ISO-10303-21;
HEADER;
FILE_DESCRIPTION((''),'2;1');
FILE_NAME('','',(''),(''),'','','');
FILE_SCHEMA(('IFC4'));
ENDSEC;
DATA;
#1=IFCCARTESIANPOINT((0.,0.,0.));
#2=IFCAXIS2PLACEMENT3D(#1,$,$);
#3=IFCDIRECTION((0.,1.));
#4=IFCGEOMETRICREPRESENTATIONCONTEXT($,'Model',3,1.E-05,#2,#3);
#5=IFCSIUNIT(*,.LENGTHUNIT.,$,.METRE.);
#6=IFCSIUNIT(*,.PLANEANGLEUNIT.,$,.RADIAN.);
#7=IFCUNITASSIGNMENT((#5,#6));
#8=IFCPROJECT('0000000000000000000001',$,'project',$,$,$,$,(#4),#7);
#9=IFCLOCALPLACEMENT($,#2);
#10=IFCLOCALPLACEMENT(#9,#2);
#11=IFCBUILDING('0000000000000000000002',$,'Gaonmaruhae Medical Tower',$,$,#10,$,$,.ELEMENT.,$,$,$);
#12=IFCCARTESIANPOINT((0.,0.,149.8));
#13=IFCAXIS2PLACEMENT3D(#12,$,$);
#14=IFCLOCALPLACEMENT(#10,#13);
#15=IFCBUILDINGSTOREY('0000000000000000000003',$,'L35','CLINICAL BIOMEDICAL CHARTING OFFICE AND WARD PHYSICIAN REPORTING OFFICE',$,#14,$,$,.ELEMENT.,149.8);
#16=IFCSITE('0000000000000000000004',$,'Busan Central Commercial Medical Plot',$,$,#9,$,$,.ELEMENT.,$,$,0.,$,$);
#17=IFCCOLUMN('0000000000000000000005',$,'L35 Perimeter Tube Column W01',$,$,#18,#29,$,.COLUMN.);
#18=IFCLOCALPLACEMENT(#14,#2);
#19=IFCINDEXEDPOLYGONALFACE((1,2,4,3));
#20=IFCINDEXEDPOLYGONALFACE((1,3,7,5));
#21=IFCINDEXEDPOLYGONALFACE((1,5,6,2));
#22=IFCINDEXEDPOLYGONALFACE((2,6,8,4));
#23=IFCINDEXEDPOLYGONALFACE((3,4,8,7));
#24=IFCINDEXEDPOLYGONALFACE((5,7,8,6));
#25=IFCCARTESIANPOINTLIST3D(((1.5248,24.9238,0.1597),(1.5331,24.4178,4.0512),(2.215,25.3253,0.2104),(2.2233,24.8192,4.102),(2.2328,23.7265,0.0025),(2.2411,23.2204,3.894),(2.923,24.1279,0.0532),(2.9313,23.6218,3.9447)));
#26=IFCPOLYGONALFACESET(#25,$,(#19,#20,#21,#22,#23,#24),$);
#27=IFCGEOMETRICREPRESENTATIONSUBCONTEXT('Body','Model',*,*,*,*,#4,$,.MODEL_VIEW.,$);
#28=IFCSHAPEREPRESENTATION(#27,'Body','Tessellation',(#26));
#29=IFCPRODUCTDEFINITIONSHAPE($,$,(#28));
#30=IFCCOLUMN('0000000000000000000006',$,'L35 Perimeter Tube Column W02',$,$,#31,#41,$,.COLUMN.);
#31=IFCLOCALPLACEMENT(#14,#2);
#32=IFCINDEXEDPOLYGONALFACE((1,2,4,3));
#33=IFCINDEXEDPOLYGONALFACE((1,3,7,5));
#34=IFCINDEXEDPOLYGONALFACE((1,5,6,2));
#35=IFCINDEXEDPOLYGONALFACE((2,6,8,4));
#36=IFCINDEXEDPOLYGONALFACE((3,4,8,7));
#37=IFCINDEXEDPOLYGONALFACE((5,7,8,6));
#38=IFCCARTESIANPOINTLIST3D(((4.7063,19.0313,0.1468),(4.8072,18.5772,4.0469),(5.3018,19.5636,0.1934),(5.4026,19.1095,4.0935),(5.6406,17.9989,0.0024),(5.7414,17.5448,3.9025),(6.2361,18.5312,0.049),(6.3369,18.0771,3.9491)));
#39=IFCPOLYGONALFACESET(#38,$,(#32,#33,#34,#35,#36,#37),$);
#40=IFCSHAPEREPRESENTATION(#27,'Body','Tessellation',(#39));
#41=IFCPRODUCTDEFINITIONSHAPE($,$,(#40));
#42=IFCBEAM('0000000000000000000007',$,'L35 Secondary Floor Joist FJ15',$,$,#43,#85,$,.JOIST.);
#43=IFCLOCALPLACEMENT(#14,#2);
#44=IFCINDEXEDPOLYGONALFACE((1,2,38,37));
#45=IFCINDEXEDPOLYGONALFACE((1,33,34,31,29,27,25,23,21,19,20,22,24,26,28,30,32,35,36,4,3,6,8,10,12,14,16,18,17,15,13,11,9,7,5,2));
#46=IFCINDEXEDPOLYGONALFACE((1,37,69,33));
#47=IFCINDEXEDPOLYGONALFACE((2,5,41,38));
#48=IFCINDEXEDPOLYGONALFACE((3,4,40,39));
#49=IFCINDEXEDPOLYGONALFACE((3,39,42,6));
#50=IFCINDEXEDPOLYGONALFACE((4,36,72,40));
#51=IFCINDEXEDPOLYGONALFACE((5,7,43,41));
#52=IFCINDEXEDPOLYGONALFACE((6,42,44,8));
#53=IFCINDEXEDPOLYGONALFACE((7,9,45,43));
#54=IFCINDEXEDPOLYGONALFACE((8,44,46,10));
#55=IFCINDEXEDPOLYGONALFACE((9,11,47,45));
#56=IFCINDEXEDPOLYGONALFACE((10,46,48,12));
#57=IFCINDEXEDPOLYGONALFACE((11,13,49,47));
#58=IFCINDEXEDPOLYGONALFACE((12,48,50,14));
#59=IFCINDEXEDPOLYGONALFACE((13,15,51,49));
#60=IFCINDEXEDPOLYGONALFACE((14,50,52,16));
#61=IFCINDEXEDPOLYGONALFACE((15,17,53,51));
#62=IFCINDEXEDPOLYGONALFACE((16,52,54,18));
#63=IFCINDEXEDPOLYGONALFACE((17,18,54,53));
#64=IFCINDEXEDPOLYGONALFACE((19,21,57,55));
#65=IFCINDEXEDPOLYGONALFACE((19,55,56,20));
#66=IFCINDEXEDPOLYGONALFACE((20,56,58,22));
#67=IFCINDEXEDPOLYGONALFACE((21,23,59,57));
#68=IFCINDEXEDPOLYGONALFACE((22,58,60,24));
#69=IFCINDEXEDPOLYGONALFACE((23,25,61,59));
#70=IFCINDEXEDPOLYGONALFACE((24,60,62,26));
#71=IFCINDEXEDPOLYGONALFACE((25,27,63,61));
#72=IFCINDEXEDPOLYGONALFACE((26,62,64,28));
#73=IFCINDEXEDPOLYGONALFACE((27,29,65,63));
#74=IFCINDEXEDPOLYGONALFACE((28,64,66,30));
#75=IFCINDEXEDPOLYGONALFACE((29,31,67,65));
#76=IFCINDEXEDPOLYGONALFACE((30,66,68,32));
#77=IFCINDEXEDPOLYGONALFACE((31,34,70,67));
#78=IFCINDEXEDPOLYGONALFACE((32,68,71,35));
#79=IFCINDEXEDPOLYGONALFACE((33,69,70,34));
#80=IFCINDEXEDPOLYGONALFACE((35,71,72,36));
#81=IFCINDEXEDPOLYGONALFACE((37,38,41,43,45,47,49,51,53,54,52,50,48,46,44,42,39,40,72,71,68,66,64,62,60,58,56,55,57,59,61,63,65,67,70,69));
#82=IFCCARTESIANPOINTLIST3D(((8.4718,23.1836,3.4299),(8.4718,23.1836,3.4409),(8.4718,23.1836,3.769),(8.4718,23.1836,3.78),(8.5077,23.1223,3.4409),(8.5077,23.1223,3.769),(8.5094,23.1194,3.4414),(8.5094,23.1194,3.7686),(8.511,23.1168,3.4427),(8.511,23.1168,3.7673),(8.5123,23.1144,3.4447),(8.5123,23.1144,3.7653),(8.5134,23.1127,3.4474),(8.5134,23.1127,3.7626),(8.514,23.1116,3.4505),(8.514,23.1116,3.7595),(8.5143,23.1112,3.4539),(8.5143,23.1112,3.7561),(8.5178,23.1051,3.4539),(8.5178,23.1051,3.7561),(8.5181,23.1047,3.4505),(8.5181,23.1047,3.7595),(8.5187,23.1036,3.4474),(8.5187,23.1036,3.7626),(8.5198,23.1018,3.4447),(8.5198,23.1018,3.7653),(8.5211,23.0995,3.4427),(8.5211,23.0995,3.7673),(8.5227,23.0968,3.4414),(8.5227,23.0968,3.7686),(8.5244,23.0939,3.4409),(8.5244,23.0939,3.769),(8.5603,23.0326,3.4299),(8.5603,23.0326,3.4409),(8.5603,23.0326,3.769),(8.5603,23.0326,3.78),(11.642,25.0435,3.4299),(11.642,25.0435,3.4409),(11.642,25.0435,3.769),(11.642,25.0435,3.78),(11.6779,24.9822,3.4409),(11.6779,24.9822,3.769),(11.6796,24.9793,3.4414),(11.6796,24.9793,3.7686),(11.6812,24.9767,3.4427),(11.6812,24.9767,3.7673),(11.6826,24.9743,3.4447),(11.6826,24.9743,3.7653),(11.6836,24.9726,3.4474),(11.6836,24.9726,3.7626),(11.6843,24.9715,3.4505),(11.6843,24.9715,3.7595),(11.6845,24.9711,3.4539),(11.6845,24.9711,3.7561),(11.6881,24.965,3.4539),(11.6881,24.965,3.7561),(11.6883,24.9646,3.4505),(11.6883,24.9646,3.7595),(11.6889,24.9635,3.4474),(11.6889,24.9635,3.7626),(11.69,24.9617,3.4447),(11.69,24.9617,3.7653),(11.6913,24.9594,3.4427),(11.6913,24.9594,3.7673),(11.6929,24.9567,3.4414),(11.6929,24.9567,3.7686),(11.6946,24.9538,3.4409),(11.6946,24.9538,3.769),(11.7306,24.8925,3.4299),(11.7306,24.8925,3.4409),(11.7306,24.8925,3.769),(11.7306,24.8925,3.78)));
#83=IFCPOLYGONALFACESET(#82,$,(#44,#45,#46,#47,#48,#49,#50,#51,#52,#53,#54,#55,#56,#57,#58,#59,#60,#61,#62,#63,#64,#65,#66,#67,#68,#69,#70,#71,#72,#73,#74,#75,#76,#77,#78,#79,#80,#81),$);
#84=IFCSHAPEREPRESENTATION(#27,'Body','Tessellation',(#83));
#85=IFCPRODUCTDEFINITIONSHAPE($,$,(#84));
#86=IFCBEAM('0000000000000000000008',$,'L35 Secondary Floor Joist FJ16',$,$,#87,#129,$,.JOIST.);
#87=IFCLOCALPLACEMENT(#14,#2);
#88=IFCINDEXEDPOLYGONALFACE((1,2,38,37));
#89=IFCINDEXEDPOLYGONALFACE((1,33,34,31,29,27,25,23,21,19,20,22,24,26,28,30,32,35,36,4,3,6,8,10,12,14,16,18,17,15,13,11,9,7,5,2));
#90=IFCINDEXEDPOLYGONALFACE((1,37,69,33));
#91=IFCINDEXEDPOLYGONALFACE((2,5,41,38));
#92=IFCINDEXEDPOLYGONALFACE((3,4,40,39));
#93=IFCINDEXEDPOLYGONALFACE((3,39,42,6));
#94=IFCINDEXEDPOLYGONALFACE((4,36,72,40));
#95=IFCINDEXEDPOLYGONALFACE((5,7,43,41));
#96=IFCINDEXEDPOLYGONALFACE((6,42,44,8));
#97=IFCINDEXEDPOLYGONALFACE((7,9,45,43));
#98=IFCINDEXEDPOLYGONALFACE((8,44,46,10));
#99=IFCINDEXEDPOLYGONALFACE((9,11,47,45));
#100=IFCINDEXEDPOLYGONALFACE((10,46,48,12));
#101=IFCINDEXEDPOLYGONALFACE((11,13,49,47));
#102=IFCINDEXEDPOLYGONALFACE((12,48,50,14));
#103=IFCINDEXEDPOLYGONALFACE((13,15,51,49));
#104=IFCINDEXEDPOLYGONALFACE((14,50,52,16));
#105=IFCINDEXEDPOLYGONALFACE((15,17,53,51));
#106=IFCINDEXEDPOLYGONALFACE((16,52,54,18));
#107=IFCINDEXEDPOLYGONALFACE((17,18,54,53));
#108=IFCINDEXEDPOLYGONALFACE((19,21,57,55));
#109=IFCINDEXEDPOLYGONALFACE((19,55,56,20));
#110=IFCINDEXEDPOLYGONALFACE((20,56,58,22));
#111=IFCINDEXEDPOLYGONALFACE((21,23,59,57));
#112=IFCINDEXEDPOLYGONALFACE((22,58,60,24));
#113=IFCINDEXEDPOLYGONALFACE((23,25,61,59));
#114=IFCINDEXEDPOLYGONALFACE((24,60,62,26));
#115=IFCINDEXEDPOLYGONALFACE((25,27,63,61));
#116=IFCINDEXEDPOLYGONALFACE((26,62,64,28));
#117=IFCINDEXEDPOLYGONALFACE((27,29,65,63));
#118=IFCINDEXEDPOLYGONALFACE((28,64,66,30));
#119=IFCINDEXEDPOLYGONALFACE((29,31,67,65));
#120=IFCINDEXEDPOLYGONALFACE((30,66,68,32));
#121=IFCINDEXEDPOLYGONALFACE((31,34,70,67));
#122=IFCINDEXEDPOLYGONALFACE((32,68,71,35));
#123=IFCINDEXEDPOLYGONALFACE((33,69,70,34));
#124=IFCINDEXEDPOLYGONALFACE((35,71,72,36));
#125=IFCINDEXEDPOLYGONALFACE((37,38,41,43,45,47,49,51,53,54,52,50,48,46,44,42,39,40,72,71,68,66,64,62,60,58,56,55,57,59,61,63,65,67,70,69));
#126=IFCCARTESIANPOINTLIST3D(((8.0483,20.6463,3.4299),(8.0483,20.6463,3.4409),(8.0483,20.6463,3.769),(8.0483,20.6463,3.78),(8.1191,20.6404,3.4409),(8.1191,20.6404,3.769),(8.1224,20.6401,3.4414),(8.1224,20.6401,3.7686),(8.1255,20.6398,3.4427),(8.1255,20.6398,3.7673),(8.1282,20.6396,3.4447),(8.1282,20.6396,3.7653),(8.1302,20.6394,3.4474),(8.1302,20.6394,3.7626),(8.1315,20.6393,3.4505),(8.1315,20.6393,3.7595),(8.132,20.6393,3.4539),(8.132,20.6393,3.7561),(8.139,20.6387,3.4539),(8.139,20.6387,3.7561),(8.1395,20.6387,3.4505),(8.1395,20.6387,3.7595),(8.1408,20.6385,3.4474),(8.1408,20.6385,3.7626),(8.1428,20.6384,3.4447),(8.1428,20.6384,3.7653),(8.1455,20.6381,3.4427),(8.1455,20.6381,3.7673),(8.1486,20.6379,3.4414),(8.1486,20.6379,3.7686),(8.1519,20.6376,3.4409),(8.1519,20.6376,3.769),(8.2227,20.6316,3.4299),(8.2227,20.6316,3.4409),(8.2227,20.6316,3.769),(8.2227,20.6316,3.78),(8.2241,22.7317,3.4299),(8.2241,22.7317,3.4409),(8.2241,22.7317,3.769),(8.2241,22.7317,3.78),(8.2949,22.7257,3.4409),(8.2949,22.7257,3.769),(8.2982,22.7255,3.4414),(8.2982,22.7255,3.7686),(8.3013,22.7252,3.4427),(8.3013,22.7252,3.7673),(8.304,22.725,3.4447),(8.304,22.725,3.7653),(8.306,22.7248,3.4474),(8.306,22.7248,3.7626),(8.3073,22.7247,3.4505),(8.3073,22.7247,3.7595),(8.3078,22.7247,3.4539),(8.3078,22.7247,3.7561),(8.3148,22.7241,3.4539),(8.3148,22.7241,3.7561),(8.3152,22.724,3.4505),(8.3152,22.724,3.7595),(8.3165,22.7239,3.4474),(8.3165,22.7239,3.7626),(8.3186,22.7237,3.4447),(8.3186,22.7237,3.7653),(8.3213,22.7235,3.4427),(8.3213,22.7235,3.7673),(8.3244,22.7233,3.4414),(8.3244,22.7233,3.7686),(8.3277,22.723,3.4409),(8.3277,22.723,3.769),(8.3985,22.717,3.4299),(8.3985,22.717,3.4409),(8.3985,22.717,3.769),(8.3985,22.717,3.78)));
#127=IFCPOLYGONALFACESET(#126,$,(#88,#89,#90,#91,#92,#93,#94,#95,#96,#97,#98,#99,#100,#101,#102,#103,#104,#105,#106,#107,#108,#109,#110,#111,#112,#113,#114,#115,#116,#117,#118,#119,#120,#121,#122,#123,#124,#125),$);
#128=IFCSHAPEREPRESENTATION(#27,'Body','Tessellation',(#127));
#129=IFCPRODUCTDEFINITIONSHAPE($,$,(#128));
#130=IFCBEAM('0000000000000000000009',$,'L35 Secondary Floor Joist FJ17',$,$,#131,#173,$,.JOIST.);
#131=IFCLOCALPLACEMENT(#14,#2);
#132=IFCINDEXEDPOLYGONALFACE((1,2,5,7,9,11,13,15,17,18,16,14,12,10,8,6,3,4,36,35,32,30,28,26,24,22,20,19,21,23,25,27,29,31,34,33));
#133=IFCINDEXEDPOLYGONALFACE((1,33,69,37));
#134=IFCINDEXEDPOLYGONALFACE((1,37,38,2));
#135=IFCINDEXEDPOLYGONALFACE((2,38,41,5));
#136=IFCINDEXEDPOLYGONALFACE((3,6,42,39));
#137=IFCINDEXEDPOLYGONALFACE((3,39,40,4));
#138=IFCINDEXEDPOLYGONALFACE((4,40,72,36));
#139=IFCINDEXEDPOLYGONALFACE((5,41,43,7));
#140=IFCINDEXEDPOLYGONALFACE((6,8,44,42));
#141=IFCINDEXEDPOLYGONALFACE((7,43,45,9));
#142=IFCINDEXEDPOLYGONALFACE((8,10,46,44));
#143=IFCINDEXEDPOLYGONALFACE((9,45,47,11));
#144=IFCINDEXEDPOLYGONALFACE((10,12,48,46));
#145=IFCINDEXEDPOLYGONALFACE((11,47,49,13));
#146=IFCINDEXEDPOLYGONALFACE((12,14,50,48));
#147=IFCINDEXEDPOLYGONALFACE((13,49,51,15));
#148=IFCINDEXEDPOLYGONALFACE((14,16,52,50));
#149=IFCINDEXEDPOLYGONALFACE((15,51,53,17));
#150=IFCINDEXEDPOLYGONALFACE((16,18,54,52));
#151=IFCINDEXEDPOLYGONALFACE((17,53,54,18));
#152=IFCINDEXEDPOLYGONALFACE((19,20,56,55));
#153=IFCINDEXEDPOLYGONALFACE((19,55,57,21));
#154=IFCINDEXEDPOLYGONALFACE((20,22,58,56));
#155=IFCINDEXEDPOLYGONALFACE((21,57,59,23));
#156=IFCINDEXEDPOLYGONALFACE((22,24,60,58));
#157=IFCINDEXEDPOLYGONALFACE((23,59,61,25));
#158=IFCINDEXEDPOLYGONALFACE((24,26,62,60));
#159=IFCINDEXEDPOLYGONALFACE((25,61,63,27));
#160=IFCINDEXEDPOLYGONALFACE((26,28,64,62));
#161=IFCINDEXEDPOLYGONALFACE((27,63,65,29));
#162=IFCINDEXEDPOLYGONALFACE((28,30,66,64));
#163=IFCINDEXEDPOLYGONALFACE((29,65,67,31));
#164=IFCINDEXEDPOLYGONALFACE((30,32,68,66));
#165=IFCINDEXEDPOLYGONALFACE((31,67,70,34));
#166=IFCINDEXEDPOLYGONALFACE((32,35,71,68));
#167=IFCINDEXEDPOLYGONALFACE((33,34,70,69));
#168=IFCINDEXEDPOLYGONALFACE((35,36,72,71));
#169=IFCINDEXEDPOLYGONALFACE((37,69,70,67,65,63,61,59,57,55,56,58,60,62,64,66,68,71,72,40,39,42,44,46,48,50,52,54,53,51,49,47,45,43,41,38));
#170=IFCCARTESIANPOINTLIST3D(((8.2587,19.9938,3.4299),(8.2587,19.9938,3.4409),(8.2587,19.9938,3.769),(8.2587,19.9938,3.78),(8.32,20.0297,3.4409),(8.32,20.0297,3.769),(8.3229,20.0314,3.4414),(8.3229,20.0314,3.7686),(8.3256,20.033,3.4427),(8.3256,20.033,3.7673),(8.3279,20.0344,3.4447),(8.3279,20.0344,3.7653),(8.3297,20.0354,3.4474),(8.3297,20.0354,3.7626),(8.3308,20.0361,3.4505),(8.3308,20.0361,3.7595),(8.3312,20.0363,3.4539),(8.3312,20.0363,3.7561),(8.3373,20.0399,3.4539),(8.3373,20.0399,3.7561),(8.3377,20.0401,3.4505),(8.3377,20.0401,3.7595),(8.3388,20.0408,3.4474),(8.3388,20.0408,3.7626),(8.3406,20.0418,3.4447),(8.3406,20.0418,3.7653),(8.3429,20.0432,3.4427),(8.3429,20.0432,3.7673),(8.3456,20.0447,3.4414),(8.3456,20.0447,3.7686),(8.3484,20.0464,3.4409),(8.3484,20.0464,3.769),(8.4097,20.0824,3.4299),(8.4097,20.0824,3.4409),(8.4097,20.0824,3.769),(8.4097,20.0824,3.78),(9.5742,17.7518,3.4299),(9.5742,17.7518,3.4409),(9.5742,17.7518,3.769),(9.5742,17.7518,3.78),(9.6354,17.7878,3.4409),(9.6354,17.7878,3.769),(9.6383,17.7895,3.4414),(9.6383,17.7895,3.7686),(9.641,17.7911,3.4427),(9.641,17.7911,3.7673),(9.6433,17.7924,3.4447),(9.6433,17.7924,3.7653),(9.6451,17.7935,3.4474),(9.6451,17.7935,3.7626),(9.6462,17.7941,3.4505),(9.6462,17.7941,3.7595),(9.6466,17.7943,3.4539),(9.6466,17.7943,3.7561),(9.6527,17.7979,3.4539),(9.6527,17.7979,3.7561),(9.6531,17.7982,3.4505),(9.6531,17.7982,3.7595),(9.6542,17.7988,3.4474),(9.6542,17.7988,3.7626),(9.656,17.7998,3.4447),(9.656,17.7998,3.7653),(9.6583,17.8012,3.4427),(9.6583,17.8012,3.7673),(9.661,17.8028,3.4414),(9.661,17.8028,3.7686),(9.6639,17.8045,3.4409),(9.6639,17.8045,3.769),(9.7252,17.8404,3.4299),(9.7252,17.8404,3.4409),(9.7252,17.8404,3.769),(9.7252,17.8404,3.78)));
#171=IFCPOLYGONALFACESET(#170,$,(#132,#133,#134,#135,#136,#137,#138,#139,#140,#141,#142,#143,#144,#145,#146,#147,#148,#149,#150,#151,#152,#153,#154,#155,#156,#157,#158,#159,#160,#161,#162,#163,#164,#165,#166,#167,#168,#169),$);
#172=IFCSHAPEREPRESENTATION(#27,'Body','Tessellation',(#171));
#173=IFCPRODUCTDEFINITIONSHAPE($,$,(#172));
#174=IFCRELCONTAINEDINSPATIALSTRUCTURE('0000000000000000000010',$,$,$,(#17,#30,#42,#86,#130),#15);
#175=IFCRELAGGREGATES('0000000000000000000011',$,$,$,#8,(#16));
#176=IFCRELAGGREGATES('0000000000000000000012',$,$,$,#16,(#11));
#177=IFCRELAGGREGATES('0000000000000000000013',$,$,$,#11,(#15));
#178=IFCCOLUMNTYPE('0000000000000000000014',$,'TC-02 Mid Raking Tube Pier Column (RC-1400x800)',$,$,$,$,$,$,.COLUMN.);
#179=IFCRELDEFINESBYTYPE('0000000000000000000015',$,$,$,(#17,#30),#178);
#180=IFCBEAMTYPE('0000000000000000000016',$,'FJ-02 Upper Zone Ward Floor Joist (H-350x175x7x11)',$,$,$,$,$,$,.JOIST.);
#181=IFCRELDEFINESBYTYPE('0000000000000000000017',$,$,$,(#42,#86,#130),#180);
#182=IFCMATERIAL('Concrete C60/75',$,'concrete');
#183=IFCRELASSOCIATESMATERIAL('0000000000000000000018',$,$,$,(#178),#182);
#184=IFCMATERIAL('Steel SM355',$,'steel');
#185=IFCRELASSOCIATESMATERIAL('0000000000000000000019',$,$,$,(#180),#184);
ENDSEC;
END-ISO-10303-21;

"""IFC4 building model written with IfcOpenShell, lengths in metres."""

from ifc_helpers import new_model, si_unit, direction, frame, origin, origin_2d, place, context, subcontext, project, spatial, rectangle, i_section, extrude, material, material_profile, profile_set, type_object, element, save


model = new_model("IFC4")

# Units and contexts
model_context = context("Model", 3, precision=1e-05, world=origin(), true_north=direction((0.0, 1.0)))
body_context = subcontext(model_context, "Body", "Model", "MODEL_VIEW")
ifc_project = project(units=[si_unit("LENGTHUNIT", "METRE"), si_unit("PLANEANGLEUNIT", "RADIAN")], contexts=[model_context])

# Site, building, storey
site_placement = place(None, origin())
site = spatial("IfcSite", under=ifc_project, at=site_placement, Name="Busan Central Commercial Medical Plot", CompositionType="ELEMENT", RefElevation=0.0)
building_placement = place(site_placement, origin())
building = spatial("IfcBuilding", under=site, at=building_placement, Name="Gaonmaruhae Medical Tower", CompositionType="ELEMENT")
storey_placement = place(building_placement, frame((0.0, 0.0, 149.8)))
storey = spatial("IfcBuildingStorey", under=building, at=storey_placement, Name="L35", Description="CLINICAL BIOMEDICAL CHARTING OFFICE AND WARD PHYSICIAN REPORTING OFFICE", CompositionType="ELEMENT", Elevation=149.8)

# Columns
ifc_material_1 = material(Name="Concrete C60/75", Category="concrete")
ifc_material_profile_1 = material_profile(ifc_material_1, rectangle(XDim=1.3999, YDim=0.8, at=origin_2d()), Name="RC-1400x800")
ifc_profile_set_1 = profile_set([ifc_material_profile_1], Name="Concrete C60/75")
column_type = type_object("IfcColumnType", Name="TC-02 Mid Raking Tube Pier Column (RC-1400x800)", PredefinedType="COLUMN", material=ifc_profile_set_1)
column_1_placement = place(storey_placement, frame((2.2239, 24.5259, 0.1064), z_axis=(0.002115, -0.128964, 0.991647), x_axis=(-0.505759, 0.855332, 0.112315)))
element("IfcColumn", 1, at=column_1_placement, inside=storey, type_object=column_type, Name="L35 Perimeter Tube Column W01", PredefinedType="COLUMN", context=body_context, shape_type="SweptSolid", body=[
    extrude(rectangle(XDim=1.3999, YDim=0.8, at=origin_2d()), origin(), (0.0, 0.0, 1.0), 3.9243),
])
column_2_placement = place(storey_placement, frame((5.4712, 18.7812, 0.0979), z_axis=(0.025671, -0.115613, 0.992963), x_axis=(-0.6674, 0.737524, 0.103126)))
element("IfcColumn", 2, at=column_2_placement, inside=storey, type_object=column_type, Name="L35 Perimeter Tube Column W02", PredefinedType="COLUMN", context=body_context, shape_type="SweptSolid", body=[
    extrude(rectangle(XDim=1.3999, YDim=0.8, at=origin_2d()), origin(), (0.0, 0.0, 1.0), 3.9277),
])

# Beams
ifc_material_2 = material(Name="Steel SM355", Category="steel")
ifc_material_profile_2 = material_profile(ifc_material_2, i_section(OverallWidth=0.175, OverallDepth=0.3501, WebThickness=0.0071, FlangeThickness=0.011, FilletRadius=0.0129, at=origin_2d()), Name="H-350x175x7x11")
ifc_profile_set_2 = profile_set([ifc_material_profile_2], Name="Steel SM355")
beam_type_1 = type_object("IfcBeamType", Name="FJ-02 Upper Zone Ward Floor Joist (H-350x175x7x11)", PredefinedType="JOIST", material=ifc_profile_set_2)
beam_1_placement = place(storey_placement, frame((11.6863, 24.968, 3.605), z_axis=(-0.862521, -0.506021, 0.0), x_axis=(0.506021, -0.862521, 0.0)))
element("IfcBeam", 3, at=beam_1_placement, inside=storey, type_object=beam_type_1, Name="L35 Secondary Floor Joist FJ15", PredefinedType="JOIST", context=body_context, shape_type="SweptSolid", body=[
    extrude(i_section(OverallWidth=0.175, OverallDepth=0.3501, WebThickness=0.0071, FlangeThickness=0.011, FilletRadius=0.0129, at=origin_2d()), origin(), (0.0, 0.0, 1.0), 3.6755),
])
beam_2_placement = place(storey_placement, frame((8.3113, 22.7244, 3.605), z_axis=(-0.083992, -0.996466, 0.0), x_axis=(0.996466, -0.083992, 0.0)))
element("IfcBeam", 4, at=beam_2_placement, inside=storey, type_object=beam_type_1, Name="L35 Secondary Floor Joist FJ16", PredefinedType="JOIST", context=body_context, shape_type="SweptSolid", body=[
    extrude(i_section(OverallWidth=0.175, OverallDepth=0.3501, WebThickness=0.0071, FlangeThickness=0.011, FilletRadius=0.0129, at=origin_2d()), origin(), (0.0, 0.0, 1.0), 2.0928),
])
beam_3_placement = place(storey_placement, frame((8.3342, 20.0381, 3.605), z_axis=(0.506059, -0.862499, 0.0), x_axis=(0.862499, 0.506059, 0.0)))
element("IfcBeam", 5, at=beam_3_placement, inside=storey, type_object=beam_type_1, Name="L35 Secondary Floor Joist FJ17", PredefinedType="JOIST", context=body_context, shape_type="SweptSolid", body=[
    extrude(i_section(OverallWidth=0.175, OverallDepth=0.3501, WebThickness=0.0071, FlangeThickness=0.011, FilletRadius=0.0129, at=origin_2d()), origin(), (0.0, 0.0, 1.0), 2.5994),
])

save(model, "model.ifc")
